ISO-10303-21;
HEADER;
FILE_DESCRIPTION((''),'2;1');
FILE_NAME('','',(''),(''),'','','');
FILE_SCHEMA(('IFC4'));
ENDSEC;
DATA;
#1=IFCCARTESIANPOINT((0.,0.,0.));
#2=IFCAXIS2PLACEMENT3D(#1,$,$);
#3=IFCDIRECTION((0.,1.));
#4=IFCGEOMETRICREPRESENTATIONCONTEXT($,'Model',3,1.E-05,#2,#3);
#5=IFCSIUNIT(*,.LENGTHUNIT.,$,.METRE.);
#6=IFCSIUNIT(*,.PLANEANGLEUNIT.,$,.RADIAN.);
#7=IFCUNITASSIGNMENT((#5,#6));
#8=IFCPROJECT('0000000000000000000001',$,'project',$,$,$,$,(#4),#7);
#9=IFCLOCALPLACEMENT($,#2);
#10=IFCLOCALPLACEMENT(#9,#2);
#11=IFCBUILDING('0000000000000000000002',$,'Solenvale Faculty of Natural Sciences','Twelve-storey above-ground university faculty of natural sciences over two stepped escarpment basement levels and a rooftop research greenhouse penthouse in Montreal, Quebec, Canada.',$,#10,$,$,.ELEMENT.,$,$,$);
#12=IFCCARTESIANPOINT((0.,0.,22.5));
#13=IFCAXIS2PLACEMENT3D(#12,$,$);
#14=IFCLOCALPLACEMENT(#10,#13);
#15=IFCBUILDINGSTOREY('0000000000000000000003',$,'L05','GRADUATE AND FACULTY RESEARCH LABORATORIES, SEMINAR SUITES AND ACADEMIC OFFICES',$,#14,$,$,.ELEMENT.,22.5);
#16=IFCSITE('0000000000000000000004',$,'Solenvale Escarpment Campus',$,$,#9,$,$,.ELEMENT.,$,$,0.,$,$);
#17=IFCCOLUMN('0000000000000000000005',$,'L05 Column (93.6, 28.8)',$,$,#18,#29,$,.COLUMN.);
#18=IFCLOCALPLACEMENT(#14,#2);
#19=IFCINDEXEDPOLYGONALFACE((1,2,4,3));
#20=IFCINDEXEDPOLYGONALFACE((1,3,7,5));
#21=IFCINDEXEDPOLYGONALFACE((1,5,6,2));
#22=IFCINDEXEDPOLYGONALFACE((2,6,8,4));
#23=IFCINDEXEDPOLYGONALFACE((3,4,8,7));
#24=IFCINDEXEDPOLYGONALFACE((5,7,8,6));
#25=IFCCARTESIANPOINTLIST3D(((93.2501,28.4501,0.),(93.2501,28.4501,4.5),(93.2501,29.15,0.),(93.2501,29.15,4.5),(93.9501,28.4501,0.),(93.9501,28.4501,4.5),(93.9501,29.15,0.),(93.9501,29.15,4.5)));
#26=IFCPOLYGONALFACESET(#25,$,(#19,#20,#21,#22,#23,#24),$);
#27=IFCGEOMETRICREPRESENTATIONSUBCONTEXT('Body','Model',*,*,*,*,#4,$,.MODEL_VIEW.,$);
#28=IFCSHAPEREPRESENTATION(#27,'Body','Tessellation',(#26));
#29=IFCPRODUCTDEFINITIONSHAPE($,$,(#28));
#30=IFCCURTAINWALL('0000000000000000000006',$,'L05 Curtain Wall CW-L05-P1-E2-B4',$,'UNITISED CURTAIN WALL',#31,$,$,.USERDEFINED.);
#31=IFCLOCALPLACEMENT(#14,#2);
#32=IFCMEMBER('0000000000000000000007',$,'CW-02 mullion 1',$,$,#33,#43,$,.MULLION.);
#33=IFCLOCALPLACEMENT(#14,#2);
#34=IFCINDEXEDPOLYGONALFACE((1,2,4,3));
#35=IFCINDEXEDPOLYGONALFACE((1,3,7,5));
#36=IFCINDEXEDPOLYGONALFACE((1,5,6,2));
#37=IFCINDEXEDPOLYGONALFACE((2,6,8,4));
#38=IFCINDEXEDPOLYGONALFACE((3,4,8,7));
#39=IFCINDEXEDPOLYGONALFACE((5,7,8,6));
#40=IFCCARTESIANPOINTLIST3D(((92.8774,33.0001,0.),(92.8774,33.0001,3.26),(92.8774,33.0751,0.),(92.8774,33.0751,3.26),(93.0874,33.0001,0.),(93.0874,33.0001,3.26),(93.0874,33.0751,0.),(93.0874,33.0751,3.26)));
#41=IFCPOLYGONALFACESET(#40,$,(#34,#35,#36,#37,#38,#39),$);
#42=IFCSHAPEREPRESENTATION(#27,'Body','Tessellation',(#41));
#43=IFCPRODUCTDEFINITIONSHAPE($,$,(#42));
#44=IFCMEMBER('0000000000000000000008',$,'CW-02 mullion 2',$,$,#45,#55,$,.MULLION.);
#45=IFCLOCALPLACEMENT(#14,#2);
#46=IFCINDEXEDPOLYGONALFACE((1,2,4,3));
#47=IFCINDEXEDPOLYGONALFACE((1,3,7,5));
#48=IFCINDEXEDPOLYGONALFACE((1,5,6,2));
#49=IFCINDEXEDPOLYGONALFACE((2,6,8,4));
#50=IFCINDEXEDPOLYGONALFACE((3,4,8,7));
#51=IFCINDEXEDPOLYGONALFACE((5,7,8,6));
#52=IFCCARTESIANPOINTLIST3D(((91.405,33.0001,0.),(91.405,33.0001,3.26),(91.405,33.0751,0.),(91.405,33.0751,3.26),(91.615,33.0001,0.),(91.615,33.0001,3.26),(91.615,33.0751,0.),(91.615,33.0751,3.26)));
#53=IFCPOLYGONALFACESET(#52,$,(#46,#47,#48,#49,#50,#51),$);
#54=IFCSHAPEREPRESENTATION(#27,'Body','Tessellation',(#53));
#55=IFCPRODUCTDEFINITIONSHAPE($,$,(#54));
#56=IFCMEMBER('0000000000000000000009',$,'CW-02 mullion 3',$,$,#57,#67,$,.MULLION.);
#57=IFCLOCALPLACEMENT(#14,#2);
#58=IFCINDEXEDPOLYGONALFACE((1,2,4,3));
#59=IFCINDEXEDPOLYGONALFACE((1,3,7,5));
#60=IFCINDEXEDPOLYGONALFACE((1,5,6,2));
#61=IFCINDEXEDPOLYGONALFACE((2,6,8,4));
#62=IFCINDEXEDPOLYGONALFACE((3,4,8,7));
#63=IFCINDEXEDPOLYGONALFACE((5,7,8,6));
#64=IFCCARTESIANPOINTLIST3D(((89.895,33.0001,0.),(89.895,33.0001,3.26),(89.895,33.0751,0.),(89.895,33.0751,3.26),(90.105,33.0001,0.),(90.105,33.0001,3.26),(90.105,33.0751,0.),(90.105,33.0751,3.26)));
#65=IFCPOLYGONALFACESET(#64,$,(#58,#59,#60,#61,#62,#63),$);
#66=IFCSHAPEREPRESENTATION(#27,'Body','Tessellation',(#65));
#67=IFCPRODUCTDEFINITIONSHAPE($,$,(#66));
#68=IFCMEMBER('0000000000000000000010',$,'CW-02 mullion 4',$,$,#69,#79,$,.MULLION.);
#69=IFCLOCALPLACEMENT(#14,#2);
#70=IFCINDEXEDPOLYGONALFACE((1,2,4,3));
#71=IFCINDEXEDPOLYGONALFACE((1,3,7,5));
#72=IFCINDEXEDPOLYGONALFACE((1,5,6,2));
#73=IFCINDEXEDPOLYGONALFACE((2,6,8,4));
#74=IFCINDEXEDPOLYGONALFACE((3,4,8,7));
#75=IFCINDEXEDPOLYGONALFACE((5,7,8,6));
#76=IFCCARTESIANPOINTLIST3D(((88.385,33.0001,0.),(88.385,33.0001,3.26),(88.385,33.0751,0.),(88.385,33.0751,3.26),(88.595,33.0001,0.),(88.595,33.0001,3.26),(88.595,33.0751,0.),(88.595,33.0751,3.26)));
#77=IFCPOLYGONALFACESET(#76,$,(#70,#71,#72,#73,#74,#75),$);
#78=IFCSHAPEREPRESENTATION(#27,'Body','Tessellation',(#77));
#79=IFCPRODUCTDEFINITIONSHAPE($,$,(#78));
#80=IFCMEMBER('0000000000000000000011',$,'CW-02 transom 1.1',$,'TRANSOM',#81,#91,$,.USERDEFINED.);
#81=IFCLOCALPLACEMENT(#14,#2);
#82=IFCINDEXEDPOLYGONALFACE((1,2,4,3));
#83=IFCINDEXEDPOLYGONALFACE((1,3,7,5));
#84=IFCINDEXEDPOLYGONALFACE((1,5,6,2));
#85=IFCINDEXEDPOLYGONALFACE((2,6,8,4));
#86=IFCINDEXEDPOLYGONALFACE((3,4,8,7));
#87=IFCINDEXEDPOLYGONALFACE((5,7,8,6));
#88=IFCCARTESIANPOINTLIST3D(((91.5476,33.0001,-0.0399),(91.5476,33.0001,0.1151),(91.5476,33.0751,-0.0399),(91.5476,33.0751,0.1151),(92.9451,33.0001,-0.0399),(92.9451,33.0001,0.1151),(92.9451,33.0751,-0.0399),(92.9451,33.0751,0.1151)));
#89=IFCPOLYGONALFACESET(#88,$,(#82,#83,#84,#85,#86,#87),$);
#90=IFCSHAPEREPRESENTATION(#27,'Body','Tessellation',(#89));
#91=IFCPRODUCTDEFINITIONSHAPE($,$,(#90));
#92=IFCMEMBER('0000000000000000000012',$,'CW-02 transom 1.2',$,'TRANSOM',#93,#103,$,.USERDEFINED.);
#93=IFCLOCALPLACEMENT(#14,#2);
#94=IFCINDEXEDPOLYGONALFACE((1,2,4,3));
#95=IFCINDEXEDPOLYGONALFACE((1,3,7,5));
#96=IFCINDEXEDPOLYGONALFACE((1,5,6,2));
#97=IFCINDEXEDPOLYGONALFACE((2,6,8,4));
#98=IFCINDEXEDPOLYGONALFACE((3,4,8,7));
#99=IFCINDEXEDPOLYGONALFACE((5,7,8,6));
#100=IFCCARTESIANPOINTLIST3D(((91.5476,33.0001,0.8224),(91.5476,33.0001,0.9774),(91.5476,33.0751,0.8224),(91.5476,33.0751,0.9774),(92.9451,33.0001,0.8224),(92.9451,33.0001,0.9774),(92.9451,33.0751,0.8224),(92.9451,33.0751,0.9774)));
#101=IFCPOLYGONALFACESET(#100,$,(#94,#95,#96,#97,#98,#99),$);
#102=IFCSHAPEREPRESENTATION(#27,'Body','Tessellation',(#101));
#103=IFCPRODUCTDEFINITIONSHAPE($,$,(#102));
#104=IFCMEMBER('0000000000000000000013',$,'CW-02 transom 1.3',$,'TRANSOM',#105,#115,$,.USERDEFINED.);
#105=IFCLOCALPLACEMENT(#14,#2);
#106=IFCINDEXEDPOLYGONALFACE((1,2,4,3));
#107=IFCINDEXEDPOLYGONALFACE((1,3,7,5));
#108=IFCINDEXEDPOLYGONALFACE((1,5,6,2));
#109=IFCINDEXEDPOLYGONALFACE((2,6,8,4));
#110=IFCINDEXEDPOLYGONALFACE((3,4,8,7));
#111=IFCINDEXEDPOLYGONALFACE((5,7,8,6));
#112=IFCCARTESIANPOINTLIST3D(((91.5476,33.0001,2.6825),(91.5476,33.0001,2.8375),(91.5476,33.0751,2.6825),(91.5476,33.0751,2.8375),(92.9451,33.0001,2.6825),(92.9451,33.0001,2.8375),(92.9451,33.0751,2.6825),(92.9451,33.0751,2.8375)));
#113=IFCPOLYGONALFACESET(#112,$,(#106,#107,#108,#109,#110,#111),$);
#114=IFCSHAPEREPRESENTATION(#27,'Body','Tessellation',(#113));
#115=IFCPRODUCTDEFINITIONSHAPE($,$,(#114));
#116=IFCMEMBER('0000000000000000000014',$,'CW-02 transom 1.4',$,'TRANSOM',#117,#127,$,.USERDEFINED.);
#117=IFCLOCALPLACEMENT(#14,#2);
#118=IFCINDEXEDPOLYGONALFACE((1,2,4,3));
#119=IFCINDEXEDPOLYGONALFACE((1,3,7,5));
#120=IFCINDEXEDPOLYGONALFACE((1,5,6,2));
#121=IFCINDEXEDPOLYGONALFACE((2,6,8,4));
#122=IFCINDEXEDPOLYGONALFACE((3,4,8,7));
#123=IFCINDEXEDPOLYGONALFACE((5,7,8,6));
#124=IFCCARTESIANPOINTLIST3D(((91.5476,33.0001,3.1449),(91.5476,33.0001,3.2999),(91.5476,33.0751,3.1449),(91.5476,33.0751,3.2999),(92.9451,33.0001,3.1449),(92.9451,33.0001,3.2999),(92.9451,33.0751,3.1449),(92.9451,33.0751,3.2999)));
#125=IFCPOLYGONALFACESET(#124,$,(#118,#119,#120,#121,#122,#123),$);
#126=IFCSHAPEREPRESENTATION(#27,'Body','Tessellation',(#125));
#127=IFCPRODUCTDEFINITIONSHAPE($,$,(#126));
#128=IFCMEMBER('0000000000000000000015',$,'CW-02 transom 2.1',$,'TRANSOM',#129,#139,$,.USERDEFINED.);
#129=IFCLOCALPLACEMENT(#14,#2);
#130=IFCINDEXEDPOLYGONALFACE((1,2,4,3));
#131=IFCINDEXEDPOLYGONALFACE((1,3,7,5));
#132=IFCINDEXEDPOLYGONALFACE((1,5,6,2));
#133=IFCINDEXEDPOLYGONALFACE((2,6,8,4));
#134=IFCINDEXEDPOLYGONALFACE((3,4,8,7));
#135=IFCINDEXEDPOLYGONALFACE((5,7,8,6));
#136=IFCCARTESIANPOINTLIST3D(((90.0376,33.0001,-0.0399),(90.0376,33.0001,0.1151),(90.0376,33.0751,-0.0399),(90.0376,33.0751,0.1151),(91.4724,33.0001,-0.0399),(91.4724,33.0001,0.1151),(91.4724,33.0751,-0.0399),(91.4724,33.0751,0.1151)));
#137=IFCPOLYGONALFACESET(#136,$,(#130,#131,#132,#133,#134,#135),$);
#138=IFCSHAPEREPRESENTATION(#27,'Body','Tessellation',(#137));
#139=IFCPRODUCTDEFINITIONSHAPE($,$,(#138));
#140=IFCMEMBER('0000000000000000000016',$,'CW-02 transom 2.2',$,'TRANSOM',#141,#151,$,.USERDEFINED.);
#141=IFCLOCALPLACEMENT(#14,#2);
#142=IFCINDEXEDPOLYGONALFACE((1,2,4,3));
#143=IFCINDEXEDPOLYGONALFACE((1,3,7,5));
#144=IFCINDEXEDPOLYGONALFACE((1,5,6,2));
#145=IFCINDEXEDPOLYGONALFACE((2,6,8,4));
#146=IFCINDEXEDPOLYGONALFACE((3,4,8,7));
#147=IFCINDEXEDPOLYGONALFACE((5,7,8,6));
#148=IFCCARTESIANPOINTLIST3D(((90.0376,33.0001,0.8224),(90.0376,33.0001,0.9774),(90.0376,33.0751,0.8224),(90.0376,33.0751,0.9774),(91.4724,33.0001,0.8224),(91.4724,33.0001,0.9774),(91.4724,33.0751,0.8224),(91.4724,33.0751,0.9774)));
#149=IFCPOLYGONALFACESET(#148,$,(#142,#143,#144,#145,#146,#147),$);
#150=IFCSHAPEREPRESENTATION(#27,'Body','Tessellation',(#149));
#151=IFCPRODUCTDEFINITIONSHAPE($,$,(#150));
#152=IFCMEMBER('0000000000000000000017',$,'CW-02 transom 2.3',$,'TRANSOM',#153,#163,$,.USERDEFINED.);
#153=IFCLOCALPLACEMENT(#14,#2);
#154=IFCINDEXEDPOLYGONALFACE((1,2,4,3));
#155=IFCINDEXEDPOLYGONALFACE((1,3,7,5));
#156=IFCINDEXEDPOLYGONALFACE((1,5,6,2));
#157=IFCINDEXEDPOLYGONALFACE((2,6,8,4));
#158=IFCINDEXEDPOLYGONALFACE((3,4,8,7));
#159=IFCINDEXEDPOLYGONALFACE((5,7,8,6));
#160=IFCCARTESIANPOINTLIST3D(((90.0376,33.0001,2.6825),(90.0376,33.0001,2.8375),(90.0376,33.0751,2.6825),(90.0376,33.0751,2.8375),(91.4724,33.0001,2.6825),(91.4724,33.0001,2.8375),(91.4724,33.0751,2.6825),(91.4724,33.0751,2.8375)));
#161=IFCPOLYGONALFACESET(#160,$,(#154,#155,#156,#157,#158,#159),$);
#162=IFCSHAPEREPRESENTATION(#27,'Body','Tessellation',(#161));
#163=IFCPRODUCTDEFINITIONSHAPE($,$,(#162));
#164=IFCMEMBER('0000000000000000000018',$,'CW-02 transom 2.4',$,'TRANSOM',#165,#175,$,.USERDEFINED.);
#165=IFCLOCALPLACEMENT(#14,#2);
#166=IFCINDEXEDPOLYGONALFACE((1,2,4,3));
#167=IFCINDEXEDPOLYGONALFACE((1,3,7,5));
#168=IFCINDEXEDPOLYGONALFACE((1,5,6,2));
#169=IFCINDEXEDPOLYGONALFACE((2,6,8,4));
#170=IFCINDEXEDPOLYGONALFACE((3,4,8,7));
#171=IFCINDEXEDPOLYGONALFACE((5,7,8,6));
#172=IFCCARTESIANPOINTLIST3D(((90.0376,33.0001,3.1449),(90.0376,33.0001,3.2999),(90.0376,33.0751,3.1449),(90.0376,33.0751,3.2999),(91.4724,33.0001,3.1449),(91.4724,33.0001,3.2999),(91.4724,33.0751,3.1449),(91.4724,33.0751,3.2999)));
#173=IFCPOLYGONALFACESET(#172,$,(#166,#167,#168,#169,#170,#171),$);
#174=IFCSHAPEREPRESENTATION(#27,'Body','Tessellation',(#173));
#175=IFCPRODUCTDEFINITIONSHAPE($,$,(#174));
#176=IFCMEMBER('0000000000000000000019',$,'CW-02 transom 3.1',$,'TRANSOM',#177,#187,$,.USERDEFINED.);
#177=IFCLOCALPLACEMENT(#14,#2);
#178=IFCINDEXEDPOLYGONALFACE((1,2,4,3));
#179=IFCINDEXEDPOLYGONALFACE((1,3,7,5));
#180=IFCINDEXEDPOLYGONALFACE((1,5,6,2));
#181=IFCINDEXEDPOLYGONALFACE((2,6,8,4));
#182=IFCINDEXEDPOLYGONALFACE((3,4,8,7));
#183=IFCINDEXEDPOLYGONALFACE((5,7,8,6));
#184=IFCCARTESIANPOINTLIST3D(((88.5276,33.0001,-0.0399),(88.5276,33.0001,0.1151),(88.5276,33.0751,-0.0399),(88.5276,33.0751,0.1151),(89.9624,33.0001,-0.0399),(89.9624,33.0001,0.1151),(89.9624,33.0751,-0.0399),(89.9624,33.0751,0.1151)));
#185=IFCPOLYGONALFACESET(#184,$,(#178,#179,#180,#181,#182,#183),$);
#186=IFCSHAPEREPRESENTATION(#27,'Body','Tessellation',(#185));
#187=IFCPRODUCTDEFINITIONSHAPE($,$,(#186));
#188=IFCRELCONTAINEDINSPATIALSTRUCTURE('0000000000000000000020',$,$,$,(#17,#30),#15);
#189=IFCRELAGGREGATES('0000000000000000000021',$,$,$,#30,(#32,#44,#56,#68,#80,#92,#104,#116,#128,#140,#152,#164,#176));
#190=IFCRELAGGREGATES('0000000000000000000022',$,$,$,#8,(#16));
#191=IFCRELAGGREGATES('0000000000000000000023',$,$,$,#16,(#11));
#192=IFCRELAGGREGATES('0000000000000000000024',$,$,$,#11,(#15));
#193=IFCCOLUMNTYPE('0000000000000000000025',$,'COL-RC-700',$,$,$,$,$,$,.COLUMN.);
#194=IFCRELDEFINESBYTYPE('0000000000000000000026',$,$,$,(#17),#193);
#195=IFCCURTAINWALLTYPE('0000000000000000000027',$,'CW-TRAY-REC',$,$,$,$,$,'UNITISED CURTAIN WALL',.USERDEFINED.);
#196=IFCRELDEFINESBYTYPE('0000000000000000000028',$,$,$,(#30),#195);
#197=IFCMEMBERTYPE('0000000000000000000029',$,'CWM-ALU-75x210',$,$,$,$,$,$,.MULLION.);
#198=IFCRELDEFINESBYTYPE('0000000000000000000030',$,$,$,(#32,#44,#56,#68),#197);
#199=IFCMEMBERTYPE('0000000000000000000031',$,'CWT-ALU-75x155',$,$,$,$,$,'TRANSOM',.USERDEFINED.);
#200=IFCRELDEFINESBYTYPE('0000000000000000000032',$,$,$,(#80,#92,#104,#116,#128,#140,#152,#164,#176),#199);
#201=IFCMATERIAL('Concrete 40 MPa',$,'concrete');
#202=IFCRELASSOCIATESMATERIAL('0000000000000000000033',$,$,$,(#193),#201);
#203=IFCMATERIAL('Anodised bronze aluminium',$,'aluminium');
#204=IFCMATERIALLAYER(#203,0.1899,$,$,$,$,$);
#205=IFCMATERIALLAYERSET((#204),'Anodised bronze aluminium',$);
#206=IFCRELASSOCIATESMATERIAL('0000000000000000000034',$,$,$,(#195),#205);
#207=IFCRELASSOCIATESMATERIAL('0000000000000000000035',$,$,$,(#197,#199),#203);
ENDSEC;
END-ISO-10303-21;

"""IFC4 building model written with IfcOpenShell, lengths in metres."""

from ifc_helpers import new_model, si_unit, direction, frame, origin, origin_2d, place, context, subcontext, project, spatial, rectangle, extrude, material, layer, layer_set, material_profile, profile_set, type_object, element, aggregate, save


model = new_model("IFC4")

# Units and contexts
model_context = context("Model", 3, precision=1e-05, world=origin(), true_north=direction((0.0, 1.0)))
body_context = subcontext(model_context, "Body", "Model", "MODEL_VIEW")
ifc_project = project(units=[si_unit("LENGTHUNIT", "METRE"), si_unit("PLANEANGLEUNIT", "RADIAN")], contexts=[model_context])

# Site, building, storey
site_placement = place(None, origin())
site = spatial("IfcSite", under=ifc_project, at=site_placement, Name="Solenvale Escarpment Campus", CompositionType="ELEMENT", RefElevation=0.0)
building_placement = place(site_placement, origin())
building = spatial("IfcBuilding", under=site, at=building_placement, Name="Solenvale Faculty of Natural Sciences", Description="Twelve-storey above-ground university faculty of natural sciences over two stepped escarpment basement levels and a rooftop research greenhouse penthouse in Montreal, Quebec, Canada.", CompositionType="ELEMENT")
storey_placement = place(building_placement, frame((0.0, 0.0, 22.5)))
storey = spatial("IfcBuildingStorey", under=building, at=storey_placement, Name="L05", Description="GRADUATE AND FACULTY RESEARCH LABORATORIES, SEMINAR SUITES AND ACADEMIC OFFICES", CompositionType="ELEMENT", Elevation=22.5)

# Column
ifc_material_1 = material(Name="Concrete 40 MPa", Category="concrete")
ifc_material_profile_1 = material_profile(ifc_material_1, rectangle(XDim=0.7, YDim=0.7, at=origin_2d()), Name="RC-COL-700x700")
ifc_profile_set_1 = profile_set([ifc_material_profile_1], Name="Concrete 40 MPa")
column_type = type_object("IfcColumnType", Name="COL-RC-700", PredefinedType="COLUMN", material=ifc_profile_set_1)
column_placement = place(storey_placement, frame((93.6001, 28.8, 0.0), z_axis=(0.0, 0.0, 1.0), x_axis=(1.0, 0.0, 0.0)))
element("IfcColumn", 1, at=column_placement, inside=storey, type_object=column_type, Name="L05 Column (93.6, 28.8)", PredefinedType="COLUMN", context=body_context, shape_type="SweptSolid", body=[
    extrude(rectangle(XDim=0.7, YDim=0.7, at=origin_2d()), origin(), (0.0, 0.0, 1.0), 4.5),
])

# Curtain wall, members
ifc_material_2 = material(Name="Anodised bronze aluminium", Category="aluminium")
ifc_layer_1 = layer(ifc_material_2, 0.1899)
ifc_layer_set_1 = layer_set([ifc_layer_1], Name="Anodised bronze aluminium")
curtain_wall_type = type_object("IfcCurtainWallType", Name="CW-TRAY-REC", ElementType="UNITISED CURTAIN WALL", PredefinedType="USERDEFINED", material=ifc_layer_set_1)
curtain_wall_placement = place(storey_placement, origin())
curtain_wall = element("IfcCurtainWall", 2, at=curtain_wall_placement, inside=storey, type_object=curtain_wall_type, Name="L05 Curtain Wall CW-L05-P1-E2-B4", ObjectType="UNITISED CURTAIN WALL", PredefinedType="USERDEFINED")
ifc_material_profile_2 = material_profile(ifc_material_2, rectangle(XDim=0.075, YDim=0.21, at=origin_2d()), Name="ALU-MUL-75x210")
ifc_profile_set_2 = profile_set([ifc_material_profile_2], Name="Anodised bronze aluminium")
member_type_1 = type_object("IfcMemberType", Name="CWM-ALU-75x210", PredefinedType="MULLION", material=ifc_profile_set_2)
member_1_placement = place(storey_placement, frame((92.9824, 33.0376, 0.0), z_axis=(0.0, 0.0, 1.0), x_axis=(0.0, -1.0, 0.0)))
member_1 = element("IfcMember", 3, at=member_1_placement, type_object=member_type_1, Name="CW-02 mullion 1", PredefinedType="MULLION", context=body_context, shape_type="SweptSolid", body=[
    extrude(rectangle(XDim=0.075, YDim=0.21, at=origin_2d()), origin(), (0.0, 0.0, 1.0), 3.26),
])
member_2_placement = place(storey_placement, frame((91.51, 33.0376, 0.0), z_axis=(0.0, 0.0, 1.0), x_axis=(0.0, -1.0, 0.0)))
member_2 = element("IfcMember", 4, at=member_2_placement, type_object=member_type_1, Name="CW-02 mullion 2", PredefinedType="MULLION", context=body_context, shape_type="SweptSolid", body=[
    extrude(rectangle(XDim=0.075, YDim=0.21, at=origin_2d()), origin(), (0.0, 0.0, 1.0), 3.26),
])
member_3_placement = place(storey_placement, frame((90.0, 33.0376, 0.0), z_axis=(0.0, 0.0, 1.0), x_axis=(0.0, -1.0, 0.0)))
member_3 = element("IfcMember", 5, at=member_3_placement, type_object=member_type_1, Name="CW-02 mullion 3", PredefinedType="MULLION", context=body_context, shape_type="SweptSolid", body=[
    extrude(rectangle(XDim=0.075, YDim=0.21, at=origin_2d()), origin(), (0.0, 0.0, 1.0), 3.26),
])
member_4_placement = place(storey_placement, frame((88.49, 33.0376, 0.0), z_axis=(0.0, 0.0, 1.0), x_axis=(0.0, -1.0, 0.0)))
member_4 = element("IfcMember", 6, at=member_4_placement, type_object=member_type_1, Name="CW-02 mullion 4", PredefinedType="MULLION", context=body_context, shape_type="SweptSolid", body=[
    extrude(rectangle(XDim=0.075, YDim=0.21, at=origin_2d()), origin(), (0.0, 0.0, 1.0), 3.26),
])
ifc_material_profile_3 = material_profile(ifc_material_2, rectangle(XDim=0.075, YDim=0.155, at=origin_2d()), Name="ALU-TRN-75x155")
ifc_profile_set_3 = profile_set([ifc_material_profile_3], Name="Anodised bronze aluminium")
member_type_2 = type_object("IfcMemberType", Name="CWT-ALU-75x155", ElementType="TRANSOM", PredefinedType="USERDEFINED", material=ifc_profile_set_3)
member_5_placement = place(storey_placement, frame((92.9451, 33.0376, 0.0376), z_axis=(-1.0, 0.0, 0.0), x_axis=(0.0, -1.0, 0.0)))
member_5 = element("IfcMember", 7, at=member_5_placement, type_object=member_type_2, Name="CW-02 transom 1.1", ObjectType="TRANSOM", PredefinedType="USERDEFINED", context=body_context, shape_type="SweptSolid", body=[
    extrude(rectangle(XDim=0.075, YDim=0.155, at=origin_2d()), origin(), (0.0, 0.0, 1.0), 1.3975),
])
member_6_placement = place(storey_placement, frame((92.9451, 33.0376, 0.8999), z_axis=(-1.0, 0.0, 0.0), x_axis=(0.0, -1.0, 0.0)))
member_6 = element("IfcMember", 8, at=member_6_placement, type_object=member_type_2, Name="CW-02 transom 1.2", ObjectType="TRANSOM", PredefinedType="USERDEFINED", context=body_context, shape_type="SweptSolid", body=[
    extrude(rectangle(XDim=0.075, YDim=0.155, at=origin_2d()), origin(), (0.0, 0.0, 1.0), 1.3975),
])
member_7_placement = place(storey_placement, frame((92.9451, 33.0376, 2.76), z_axis=(-1.0, 0.0, 0.0), x_axis=(0.0, -1.0, 0.0)))
member_7 = element("IfcMember", 9, at=member_7_placement, type_object=member_type_2, Name="CW-02 transom 1.3", ObjectType="TRANSOM", PredefinedType="USERDEFINED", context=body_context, shape_type="SweptSolid", body=[
    extrude(rectangle(XDim=0.075, YDim=0.155, at=origin_2d()), origin(), (0.0, 0.0, 1.0), 1.3975),
])
member_8_placement = place(storey_placement, frame((92.9451, 33.0376, 3.2224), z_axis=(-1.0, 0.0, 0.0), x_axis=(0.0, -1.0, 0.0)))
member_8 = element("IfcMember", 10, at=member_8_placement, type_object=member_type_2, Name="CW-02 transom 1.4", ObjectType="TRANSOM", PredefinedType="USERDEFINED", context=body_context, shape_type="SweptSolid", body=[
    extrude(rectangle(XDim=0.075, YDim=0.155, at=origin_2d()), origin(), (0.0, 0.0, 1.0), 1.3975),
])
member_9_placement = place(storey_placement, frame((91.4724, 33.0376, 0.0376), z_axis=(-1.0, 0.0, 0.0), x_axis=(0.0, -1.0, 0.0)))
member_9 = element("IfcMember", 11, at=member_9_placement, type_object=member_type_2, Name="CW-02 transom 2.1", ObjectType="TRANSOM", PredefinedType="USERDEFINED", context=body_context, shape_type="SweptSolid", body=[
    extrude(rectangle(XDim=0.075, YDim=0.155, at=origin_2d()), origin(), (0.0, 0.0, 1.0), 1.4348),
])
member_10_placement = place(storey_placement, frame((91.4724, 33.0376, 0.8999), z_axis=(-1.0, 0.0, 0.0), x_axis=(0.0, -1.0, 0.0)))
member_10 = element("IfcMember", 12, at=member_10_placement, type_object=member_type_2, Name="CW-02 transom 2.2", ObjectType="TRANSOM", PredefinedType="USERDEFINED", context=body_context, shape_type="SweptSolid", body=[
    extrude(rectangle(XDim=0.075, YDim=0.155, at=origin_2d()), origin(), (0.0, 0.0, 1.0), 1.4348),
])
member_11_placement = place(storey_placement, frame((91.4724, 33.0376, 2.76), z_axis=(-1.0, 0.0, 0.0), x_axis=(0.0, -1.0, 0.0)))
member_11 = element("IfcMember", 13, at=member_11_placement, type_object=member_type_2, Name="CW-02 transom 2.3", ObjectType="TRANSOM", PredefinedType="USERDEFINED", context=body_context, shape_type="SweptSolid", body=[
    extrude(rectangle(XDim=0.075, YDim=0.155, at=origin_2d()), origin(), (0.0, 0.0, 1.0), 1.4348),
])
member_12_placement = place(storey_placement, frame((91.4724, 33.0376, 3.2224), z_axis=(-1.0, 0.0, 0.0), x_axis=(0.0, -1.0, 0.0)))
member_12 = element("IfcMember", 14, at=member_12_placement, type_object=member_type_2, Name="CW-02 transom 2.4", ObjectType="TRANSOM", PredefinedType="USERDEFINED", context=body_context, shape_type="SweptSolid", body=[
    extrude(rectangle(XDim=0.075, YDim=0.155, at=origin_2d()), origin(), (0.0, 0.0, 1.0), 1.4348),
])
member_13_placement = place(storey_placement, frame((89.9624, 33.0376, 0.0376), z_axis=(-1.0, 0.0, 0.0), x_axis=(0.0, -1.0, 0.0)))
member_13 = element("IfcMember", 15, at=member_13_placement, type_object=member_type_2, Name="CW-02 transom 3.1", ObjectType="TRANSOM", PredefinedType="USERDEFINED", context=body_context, shape_type="SweptSolid", body=[
    extrude(rectangle(XDim=0.075, YDim=0.155, at=origin_2d()), origin(), (0.0, 0.0, 1.0), 1.4348),
])
aggregate(curtain_wall, [member_1, member_2, member_3, member_4, member_5, member_6, member_7, member_8, member_9, member_10, member_11, member_12, member_13])

save(model, "model.ifc")
